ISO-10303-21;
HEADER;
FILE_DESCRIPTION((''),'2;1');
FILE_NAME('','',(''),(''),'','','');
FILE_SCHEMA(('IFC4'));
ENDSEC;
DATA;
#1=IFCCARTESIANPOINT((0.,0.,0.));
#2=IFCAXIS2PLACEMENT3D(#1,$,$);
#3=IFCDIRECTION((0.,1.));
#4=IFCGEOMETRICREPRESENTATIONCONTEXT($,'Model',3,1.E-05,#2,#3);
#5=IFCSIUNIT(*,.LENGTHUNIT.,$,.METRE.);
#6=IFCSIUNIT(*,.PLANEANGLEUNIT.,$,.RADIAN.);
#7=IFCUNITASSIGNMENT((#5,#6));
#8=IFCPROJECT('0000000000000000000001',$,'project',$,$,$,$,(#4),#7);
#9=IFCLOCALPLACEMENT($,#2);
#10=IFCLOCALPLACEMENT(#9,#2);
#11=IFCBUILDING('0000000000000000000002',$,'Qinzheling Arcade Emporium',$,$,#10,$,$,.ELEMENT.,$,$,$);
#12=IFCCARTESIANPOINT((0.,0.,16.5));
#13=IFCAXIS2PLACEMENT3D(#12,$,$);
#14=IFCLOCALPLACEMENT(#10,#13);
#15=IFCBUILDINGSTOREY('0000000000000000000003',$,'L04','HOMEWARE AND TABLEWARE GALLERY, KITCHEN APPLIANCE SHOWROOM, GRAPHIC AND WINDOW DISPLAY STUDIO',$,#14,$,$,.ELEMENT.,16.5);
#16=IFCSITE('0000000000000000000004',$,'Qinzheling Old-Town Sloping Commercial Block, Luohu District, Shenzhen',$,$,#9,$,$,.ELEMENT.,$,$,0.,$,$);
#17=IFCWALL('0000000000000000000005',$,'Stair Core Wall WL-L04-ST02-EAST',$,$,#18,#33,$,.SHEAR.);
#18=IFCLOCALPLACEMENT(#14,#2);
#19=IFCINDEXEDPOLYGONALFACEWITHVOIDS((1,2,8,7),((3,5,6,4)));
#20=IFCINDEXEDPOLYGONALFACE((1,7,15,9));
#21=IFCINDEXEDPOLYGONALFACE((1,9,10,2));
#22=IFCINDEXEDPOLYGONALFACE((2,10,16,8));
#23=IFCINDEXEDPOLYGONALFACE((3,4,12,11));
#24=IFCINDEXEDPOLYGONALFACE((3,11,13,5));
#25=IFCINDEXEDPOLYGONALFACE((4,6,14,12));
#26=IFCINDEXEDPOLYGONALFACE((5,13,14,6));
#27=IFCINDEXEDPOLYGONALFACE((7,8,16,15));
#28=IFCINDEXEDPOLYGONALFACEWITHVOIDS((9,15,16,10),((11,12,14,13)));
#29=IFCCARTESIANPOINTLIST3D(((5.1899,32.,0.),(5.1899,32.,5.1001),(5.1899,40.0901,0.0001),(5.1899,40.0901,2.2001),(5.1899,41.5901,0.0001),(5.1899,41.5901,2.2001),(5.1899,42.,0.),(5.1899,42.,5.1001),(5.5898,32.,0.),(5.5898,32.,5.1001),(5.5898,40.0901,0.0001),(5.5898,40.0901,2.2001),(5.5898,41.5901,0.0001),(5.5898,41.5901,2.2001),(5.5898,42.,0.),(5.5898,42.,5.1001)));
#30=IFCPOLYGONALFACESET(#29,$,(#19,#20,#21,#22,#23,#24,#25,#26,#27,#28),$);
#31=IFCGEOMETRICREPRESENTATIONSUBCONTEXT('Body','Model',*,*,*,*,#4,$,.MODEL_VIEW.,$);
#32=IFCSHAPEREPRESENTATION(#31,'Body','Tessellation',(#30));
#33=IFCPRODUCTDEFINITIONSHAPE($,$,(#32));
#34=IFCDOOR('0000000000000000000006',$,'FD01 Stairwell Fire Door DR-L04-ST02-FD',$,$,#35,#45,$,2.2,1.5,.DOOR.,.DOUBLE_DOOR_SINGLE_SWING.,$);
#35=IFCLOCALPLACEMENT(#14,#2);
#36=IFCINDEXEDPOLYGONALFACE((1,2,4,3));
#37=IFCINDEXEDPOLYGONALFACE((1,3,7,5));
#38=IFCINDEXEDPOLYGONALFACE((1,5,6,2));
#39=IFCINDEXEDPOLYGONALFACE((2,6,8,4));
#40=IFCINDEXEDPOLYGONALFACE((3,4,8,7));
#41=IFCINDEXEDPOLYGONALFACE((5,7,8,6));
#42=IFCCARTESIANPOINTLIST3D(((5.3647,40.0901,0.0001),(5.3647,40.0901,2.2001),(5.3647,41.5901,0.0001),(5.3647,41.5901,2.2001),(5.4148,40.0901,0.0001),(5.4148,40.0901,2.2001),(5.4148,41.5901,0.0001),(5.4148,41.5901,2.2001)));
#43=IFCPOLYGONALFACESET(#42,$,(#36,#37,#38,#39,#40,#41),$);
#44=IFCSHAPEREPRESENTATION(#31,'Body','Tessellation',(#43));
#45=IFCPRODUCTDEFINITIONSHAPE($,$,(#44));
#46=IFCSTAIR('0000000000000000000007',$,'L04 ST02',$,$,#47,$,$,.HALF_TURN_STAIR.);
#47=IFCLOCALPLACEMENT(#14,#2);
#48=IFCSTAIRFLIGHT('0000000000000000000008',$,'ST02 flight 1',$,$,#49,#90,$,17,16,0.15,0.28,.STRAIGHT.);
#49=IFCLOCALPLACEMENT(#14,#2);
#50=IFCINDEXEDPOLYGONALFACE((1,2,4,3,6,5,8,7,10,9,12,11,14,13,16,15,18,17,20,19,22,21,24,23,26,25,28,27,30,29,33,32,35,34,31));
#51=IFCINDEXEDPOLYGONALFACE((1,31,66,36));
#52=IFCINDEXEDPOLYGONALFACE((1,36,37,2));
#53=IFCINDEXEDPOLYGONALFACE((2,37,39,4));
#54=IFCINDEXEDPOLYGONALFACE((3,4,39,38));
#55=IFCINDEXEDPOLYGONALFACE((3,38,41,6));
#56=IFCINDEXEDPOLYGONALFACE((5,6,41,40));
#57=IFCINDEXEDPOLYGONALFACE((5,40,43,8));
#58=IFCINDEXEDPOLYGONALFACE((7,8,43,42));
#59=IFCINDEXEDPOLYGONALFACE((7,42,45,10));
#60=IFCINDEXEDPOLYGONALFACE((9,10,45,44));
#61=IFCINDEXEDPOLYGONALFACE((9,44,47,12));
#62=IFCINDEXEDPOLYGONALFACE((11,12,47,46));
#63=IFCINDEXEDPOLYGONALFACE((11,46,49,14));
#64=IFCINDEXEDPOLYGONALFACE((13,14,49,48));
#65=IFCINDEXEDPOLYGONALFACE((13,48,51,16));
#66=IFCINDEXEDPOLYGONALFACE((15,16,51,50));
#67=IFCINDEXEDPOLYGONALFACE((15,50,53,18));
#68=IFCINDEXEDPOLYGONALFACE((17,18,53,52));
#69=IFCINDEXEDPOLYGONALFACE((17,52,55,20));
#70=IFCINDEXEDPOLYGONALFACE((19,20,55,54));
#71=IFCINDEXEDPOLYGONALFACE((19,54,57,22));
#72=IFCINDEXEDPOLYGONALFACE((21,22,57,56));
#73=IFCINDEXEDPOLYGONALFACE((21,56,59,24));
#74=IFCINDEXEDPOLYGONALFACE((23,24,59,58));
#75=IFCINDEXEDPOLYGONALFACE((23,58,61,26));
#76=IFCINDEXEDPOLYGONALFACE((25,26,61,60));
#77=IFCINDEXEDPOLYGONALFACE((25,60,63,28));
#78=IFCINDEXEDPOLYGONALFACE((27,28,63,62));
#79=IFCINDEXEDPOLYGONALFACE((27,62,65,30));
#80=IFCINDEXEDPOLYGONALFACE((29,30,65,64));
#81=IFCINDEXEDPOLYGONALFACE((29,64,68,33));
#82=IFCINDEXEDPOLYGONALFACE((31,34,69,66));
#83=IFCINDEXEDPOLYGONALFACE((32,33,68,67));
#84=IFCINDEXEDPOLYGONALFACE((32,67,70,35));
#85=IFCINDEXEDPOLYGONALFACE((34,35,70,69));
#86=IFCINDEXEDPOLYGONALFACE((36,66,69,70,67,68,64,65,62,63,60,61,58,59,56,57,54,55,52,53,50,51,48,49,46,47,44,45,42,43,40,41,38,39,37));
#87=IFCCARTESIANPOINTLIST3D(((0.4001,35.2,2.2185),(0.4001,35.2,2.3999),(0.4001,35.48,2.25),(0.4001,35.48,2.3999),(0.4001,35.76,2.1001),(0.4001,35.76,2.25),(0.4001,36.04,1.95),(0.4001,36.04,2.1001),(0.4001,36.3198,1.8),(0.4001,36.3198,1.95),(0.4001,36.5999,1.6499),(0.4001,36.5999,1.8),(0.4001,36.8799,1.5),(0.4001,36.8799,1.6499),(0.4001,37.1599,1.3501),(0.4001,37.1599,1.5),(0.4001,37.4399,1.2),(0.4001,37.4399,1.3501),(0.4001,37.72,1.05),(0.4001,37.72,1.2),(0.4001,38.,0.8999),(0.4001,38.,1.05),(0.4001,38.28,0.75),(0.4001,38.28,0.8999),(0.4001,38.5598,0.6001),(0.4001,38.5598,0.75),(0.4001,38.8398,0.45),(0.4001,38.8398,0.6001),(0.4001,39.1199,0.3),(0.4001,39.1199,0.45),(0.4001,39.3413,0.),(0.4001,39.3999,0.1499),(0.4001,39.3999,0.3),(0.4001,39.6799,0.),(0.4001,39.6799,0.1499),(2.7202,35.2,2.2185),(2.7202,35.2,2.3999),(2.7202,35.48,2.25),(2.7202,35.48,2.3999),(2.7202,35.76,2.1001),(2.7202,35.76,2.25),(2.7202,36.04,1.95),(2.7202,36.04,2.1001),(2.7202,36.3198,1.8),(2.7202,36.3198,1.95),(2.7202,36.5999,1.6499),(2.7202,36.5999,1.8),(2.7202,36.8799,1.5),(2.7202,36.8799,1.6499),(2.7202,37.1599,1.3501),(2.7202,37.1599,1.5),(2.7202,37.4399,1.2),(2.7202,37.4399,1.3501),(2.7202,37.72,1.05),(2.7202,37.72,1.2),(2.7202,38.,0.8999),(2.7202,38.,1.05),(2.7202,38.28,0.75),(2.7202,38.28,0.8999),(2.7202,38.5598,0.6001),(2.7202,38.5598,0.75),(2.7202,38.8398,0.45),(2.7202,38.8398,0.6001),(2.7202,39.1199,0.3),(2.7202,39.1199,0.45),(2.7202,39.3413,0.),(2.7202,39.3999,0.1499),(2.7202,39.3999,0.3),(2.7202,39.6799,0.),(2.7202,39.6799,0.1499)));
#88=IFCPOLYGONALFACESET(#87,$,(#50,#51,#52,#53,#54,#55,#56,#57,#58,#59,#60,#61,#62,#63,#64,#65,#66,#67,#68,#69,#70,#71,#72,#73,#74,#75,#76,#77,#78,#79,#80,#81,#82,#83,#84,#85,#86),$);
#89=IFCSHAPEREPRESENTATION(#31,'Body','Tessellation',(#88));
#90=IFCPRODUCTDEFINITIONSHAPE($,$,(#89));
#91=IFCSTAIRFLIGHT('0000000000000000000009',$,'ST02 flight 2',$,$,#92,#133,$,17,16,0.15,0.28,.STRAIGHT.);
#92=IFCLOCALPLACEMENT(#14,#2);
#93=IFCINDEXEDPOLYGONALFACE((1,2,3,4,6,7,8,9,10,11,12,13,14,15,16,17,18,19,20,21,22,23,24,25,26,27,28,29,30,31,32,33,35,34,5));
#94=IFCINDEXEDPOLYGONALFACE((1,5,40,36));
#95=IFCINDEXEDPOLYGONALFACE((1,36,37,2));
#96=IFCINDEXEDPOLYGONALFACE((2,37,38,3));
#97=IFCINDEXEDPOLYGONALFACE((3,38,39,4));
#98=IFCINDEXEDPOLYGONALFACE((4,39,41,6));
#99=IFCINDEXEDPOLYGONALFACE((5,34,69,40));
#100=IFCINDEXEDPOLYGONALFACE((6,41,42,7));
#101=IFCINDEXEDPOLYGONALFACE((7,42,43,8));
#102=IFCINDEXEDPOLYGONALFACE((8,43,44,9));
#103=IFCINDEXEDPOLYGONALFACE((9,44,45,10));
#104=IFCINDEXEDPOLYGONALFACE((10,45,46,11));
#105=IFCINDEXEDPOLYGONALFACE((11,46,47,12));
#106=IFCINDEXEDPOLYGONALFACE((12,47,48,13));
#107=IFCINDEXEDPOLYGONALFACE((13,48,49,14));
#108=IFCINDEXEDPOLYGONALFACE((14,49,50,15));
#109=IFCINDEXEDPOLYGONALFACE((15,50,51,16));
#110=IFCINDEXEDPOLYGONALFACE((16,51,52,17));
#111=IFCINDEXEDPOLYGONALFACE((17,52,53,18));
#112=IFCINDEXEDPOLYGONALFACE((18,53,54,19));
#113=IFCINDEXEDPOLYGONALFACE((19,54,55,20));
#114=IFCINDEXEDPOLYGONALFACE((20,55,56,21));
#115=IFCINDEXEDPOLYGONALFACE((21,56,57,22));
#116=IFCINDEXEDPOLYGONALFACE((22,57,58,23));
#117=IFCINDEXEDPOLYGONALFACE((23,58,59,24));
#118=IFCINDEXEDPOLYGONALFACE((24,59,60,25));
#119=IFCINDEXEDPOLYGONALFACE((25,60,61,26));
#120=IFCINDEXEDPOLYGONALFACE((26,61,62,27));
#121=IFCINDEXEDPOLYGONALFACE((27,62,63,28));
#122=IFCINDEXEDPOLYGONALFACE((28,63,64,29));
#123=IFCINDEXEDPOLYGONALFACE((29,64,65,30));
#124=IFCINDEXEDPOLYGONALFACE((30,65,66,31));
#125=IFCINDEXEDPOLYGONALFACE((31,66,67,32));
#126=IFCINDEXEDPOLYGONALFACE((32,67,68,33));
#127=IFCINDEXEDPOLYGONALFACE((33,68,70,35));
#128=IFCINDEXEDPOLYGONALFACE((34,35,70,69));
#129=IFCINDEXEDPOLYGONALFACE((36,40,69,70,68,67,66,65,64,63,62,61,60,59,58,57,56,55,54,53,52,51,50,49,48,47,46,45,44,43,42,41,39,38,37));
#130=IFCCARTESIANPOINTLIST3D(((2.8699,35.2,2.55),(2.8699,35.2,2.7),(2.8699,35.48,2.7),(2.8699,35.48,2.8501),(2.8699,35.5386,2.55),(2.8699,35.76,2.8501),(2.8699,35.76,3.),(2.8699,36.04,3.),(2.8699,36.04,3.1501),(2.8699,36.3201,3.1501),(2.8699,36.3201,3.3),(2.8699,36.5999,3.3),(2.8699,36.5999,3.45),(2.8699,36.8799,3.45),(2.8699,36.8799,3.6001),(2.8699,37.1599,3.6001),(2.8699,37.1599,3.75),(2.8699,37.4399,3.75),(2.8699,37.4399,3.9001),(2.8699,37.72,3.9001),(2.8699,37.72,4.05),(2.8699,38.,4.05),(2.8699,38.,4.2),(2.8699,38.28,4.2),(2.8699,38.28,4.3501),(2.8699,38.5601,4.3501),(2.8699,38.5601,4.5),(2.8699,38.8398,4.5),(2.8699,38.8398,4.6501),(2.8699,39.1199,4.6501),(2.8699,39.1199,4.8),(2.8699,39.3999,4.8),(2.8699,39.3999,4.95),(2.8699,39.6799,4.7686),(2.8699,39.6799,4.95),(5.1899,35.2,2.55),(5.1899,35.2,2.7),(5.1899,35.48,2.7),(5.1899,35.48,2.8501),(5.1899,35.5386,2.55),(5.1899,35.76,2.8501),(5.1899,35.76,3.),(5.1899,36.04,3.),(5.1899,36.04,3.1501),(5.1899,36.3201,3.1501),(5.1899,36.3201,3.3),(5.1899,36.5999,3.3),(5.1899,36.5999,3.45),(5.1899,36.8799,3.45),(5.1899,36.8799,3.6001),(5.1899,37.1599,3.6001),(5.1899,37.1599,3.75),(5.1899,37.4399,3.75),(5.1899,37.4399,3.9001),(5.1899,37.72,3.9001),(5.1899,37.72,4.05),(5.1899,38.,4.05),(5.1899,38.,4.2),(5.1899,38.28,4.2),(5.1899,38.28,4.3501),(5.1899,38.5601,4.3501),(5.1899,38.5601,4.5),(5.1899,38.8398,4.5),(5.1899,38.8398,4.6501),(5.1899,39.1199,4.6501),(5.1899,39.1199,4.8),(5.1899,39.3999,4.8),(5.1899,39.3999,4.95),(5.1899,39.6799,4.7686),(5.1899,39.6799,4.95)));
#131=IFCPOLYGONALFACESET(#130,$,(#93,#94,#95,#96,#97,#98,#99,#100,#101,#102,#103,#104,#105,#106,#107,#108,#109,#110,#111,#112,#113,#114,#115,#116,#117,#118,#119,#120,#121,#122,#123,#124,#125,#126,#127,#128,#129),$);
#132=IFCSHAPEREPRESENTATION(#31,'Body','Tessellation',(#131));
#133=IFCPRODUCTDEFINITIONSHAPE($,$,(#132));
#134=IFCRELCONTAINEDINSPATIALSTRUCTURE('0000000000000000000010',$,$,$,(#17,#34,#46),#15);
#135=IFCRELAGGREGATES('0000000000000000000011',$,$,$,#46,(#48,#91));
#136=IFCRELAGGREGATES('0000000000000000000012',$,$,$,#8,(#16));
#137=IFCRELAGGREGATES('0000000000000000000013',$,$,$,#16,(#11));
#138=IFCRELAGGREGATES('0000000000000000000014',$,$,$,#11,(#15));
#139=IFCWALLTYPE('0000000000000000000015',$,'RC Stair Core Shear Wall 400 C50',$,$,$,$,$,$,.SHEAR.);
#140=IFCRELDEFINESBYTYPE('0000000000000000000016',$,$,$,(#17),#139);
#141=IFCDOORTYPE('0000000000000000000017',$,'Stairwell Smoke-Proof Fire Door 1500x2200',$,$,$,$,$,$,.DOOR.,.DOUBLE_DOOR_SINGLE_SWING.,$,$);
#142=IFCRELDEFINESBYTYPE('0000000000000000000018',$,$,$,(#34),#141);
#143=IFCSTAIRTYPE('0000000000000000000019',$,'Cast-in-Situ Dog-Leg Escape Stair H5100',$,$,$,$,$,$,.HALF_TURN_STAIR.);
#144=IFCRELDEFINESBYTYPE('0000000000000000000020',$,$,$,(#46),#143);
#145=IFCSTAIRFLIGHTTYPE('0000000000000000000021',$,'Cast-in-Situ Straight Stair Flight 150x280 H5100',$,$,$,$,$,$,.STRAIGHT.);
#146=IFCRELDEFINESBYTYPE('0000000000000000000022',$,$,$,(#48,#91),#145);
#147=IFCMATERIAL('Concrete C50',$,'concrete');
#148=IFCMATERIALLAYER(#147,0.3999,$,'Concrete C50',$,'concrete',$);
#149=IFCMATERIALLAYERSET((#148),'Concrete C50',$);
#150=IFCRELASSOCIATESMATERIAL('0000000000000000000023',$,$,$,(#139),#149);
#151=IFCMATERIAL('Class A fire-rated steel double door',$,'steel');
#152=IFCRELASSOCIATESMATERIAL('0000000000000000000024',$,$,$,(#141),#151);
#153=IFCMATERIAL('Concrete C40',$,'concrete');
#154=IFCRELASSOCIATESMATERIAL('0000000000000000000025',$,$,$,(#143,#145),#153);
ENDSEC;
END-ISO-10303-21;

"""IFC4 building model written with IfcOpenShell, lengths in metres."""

from ifc_helpers import new_model, si_unit, direction, frame, frame_2d, origin, place, context, subcontext, project, spatial, polyline, rectangle, outline, extrude, material, layer, layer_set, type_object, element, fill, aggregate, save


model = new_model("IFC4")

# Units and contexts
model_context = context("Model", 3, precision=1e-05, world=origin(), true_north=direction((0.0, 1.0)))
body_context = subcontext(model_context, "Body", "Model", "MODEL_VIEW")
ifc_project = project(units=[si_unit("LENGTHUNIT", "METRE"), si_unit("PLANEANGLEUNIT", "RADIAN")], contexts=[model_context])

# Site, building, storey
site_placement = place(None, origin())
site = spatial("IfcSite", under=ifc_project, at=site_placement, Name="Qinzheling Old-Town Sloping Commercial Block, Luohu District, Shenzhen", CompositionType="ELEMENT", RefElevation=0.0)
building_placement = place(site_placement, origin())
building = spatial("IfcBuilding", under=site, at=building_placement, Name="Qinzheling Arcade Emporium", CompositionType="ELEMENT")
storey_placement = place(building_placement, frame((0.0, 0.0, 16.5)))
storey = spatial("IfcBuildingStorey", under=building, at=storey_placement, Name="L04", Description="HOMEWARE AND TABLEWARE GALLERY, KITCHEN APPLIANCE SHOWROOM, GRAPHIC AND WINDOW DISPLAY STUDIO", CompositionType="ELEMENT", Elevation=16.5)

# Shared definitions
ifc_material_1 = material(Name="Concrete C40", Category="concrete")

# Wall, opening, door
ifc_material_2 = material(Name="Concrete C50", Category="concrete")
ifc_layer_1 = layer(ifc_material_2, 0.3999, Name="Concrete C50", Category="concrete")
ifc_layer_set_1 = layer_set([ifc_layer_1], Name="Concrete C50")
wall_type_1 = type_object("IfcWallType", Name="RC Stair Core Shear Wall 400 C50", PredefinedType="SHEAR", material=ifc_layer_set_1)
wall_1_placement = place(storey_placement, frame((5.3899, 42.0, 0.0), z_axis=(0.0, 0.0, 1.0), x_axis=(0.0, -1.0, 0.0)))
wall_1 = element("IfcWall", 1, at=wall_1_placement, inside=storey, type_object=wall_type_1, Name="Stair Core Wall WL-L04-ST02-EAST", PredefinedType="SHEAR", context=body_context, shape_type="SweptSolid", body=[
    extrude(rectangle(XDim=10.0, YDim=0.3999, at=frame_2d((5.0, 0.0))), origin(), (0.0, 0.0, 1.0), 5.1001),
])
opening_placement = place(wall_1_placement, frame((0.4099, 0.0, 0.0)))
opening = element("IfcOpeningElement", 2, at=opening_placement, cuts=wall_1, PredefinedType="OPENING", context=body_context, shape_type="SweptSolid", body=[
    extrude(rectangle(XDim=1.5, YDim=2.2, at=frame_2d((0.75, 1.1001))), frame((0.0, 0.21, 0.0), z_axis=(0.0, -1.0, 0.0), x_axis=(1.0, 0.0, 0.0)), (0.0, 0.0, 1.0), 0.4199),
])
ifc_material_3 = material(Name="Class A fire-rated steel double door", Category="steel")
door_type = type_object("IfcDoorType", Name="Stairwell Smoke-Proof Fire Door 1500x2200", OperationType="DOUBLE_DOOR_SINGLE_SWING", PredefinedType="DOOR", material=ifc_material_3)
door_placement = place(opening_placement, origin())
door = element("IfcDoor", 3, at=door_placement, inside=storey, type_object=door_type, Name="FD01 Stairwell Fire Door DR-L04-ST02-FD", OperationType="DOUBLE_DOOR_SINGLE_SWING", OverallHeight=2.2, OverallWidth=1.5, PredefinedType="DOOR", context=body_context, shape_type="SweptSolid", body=[
    extrude(rectangle(XDim=1.5, YDim=2.2, at=frame_2d((0.75, 1.1001))), frame((0.0, 0.0249, 0.0), z_axis=(0.0, -1.0, 0.0), x_axis=(1.0, 0.0, 0.0)), (0.0, 0.0, 1.0), 0.05),
])
fill(opening, door)

# Stair, stair flights
stair_type = type_object("IfcStairType", Name="Cast-in-Situ Dog-Leg Escape Stair H5100", PredefinedType="HALF_TURN_STAIR", material=ifc_material_1)
stair_placement = place(storey_placement, origin())
stair = element("IfcStair", 4, at=stair_placement, inside=storey, type_object=stair_type, Name="L04 ST02", PredefinedType="HALF_TURN_STAIR")
stair_flight_type = type_object("IfcStairFlightType", Name="Cast-in-Situ Straight Stair Flight 150x280 H5100", PredefinedType="STRAIGHT", material=ifc_material_1)
stair_flight_1_placement = place(storey_placement, frame((1.5601, 39.6799, 0.0), z_axis=(0.0, 0.0, 1.0), x_axis=(0.0, -1.0, 0.0)))
stair_flight_1 = element("IfcStairFlight", 5, at=stair_flight_1_placement, type_object=stair_flight_type, Name="ST02 flight 1", NumberOfRisers=17, NumberOfTreads=16, PredefinedType="STRAIGHT", RiserHeight=0.15, TreadLength=0.28, context=body_context, shape_type="SweptSolid", body=[
    extrude(outline(polyline([(0.0, 0.0), (0.0, 0.1499), (0.28, 0.1499), (0.28, 0.3), (0.5601, 0.3), (0.5601, 0.45), (0.8401, 0.45), (0.8401, 0.6001), (1.1201, 0.6001), (1.1201, 0.75), (1.3999, 0.75), (1.3999, 0.8999), (1.6799, 0.8999), (1.6799, 1.05), (1.96, 1.05), (1.96, 1.2), (2.24, 1.2), (2.24, 1.3501), (2.52, 1.3501), (2.52, 1.5), (2.8, 1.5), (2.8, 1.6499), (3.0801, 1.6499), (3.0801, 1.8), (3.3601, 1.8), (3.3601, 1.95), (3.6399, 1.95), (3.6399, 2.1001), (3.9199, 2.1001), (3.9199, 2.25), (4.2, 2.25), (4.2, 2.3999), (4.48, 2.3999), (4.48, 2.55), (4.48, 2.2185), (0.3386, 0.0), (0.0, 0.0)])), frame((0.0, 1.1602, 0.0), z_axis=(0.0, -1.0, 0.0), x_axis=(1.0, 0.0, 0.0)), (0.0, 0.0, 1.0), 2.3201),
])
stair_flight_2_placement = place(storey_placement, frame((4.03, 35.2, 2.55), z_axis=(0.0, 0.0, 1.0), x_axis=(0.0, 1.0, 0.0)))
stair_flight_2 = element("IfcStairFlight", 6, at=stair_flight_2_placement, type_object=stair_flight_type, Name="ST02 flight 2", NumberOfRisers=17, NumberOfTreads=16, PredefinedType="STRAIGHT", RiserHeight=0.15, TreadLength=0.28, context=body_context, shape_type="SweptSolid", body=[
    extrude(outline(polyline([(0.0, 0.0), (0.0, 0.1499), (0.28, 0.1499), (0.28, 0.3), (0.5601, 0.3), (0.5601, 0.45), (0.8401, 0.45), (0.8401, 0.6001), (1.1201, 0.6001), (1.1201, 0.75), (1.3999, 0.75), (1.3999, 0.8999), (1.6799, 0.8999), (1.6799, 1.05), (1.96, 1.05), (1.96, 1.2), (2.24, 1.2), (2.24, 1.3501), (2.52, 1.3501), (2.52, 1.5), (2.8, 1.5), (2.8, 1.6499), (3.0801, 1.6499), (3.0801, 1.8), (3.3601, 1.8), (3.3601, 1.95), (3.6399, 1.95), (3.6399, 2.1001), (3.9199, 2.1001), (3.9199, 2.25), (4.2, 2.25), (4.2, 2.3999), (4.48, 2.3999), (4.48, 2.55), (4.48, 2.2185), (0.3386, 0.0), (0.0, 0.0)])), frame((0.0, 1.1602, 0.0), z_axis=(0.0, -1.0, 0.0), x_axis=(1.0, 0.0, 0.0)), (0.0, 0.0, 1.0), 2.3201),
])
aggregate(stair, [stair_flight_1, stair_flight_2])

save(model, "model.ifc")
